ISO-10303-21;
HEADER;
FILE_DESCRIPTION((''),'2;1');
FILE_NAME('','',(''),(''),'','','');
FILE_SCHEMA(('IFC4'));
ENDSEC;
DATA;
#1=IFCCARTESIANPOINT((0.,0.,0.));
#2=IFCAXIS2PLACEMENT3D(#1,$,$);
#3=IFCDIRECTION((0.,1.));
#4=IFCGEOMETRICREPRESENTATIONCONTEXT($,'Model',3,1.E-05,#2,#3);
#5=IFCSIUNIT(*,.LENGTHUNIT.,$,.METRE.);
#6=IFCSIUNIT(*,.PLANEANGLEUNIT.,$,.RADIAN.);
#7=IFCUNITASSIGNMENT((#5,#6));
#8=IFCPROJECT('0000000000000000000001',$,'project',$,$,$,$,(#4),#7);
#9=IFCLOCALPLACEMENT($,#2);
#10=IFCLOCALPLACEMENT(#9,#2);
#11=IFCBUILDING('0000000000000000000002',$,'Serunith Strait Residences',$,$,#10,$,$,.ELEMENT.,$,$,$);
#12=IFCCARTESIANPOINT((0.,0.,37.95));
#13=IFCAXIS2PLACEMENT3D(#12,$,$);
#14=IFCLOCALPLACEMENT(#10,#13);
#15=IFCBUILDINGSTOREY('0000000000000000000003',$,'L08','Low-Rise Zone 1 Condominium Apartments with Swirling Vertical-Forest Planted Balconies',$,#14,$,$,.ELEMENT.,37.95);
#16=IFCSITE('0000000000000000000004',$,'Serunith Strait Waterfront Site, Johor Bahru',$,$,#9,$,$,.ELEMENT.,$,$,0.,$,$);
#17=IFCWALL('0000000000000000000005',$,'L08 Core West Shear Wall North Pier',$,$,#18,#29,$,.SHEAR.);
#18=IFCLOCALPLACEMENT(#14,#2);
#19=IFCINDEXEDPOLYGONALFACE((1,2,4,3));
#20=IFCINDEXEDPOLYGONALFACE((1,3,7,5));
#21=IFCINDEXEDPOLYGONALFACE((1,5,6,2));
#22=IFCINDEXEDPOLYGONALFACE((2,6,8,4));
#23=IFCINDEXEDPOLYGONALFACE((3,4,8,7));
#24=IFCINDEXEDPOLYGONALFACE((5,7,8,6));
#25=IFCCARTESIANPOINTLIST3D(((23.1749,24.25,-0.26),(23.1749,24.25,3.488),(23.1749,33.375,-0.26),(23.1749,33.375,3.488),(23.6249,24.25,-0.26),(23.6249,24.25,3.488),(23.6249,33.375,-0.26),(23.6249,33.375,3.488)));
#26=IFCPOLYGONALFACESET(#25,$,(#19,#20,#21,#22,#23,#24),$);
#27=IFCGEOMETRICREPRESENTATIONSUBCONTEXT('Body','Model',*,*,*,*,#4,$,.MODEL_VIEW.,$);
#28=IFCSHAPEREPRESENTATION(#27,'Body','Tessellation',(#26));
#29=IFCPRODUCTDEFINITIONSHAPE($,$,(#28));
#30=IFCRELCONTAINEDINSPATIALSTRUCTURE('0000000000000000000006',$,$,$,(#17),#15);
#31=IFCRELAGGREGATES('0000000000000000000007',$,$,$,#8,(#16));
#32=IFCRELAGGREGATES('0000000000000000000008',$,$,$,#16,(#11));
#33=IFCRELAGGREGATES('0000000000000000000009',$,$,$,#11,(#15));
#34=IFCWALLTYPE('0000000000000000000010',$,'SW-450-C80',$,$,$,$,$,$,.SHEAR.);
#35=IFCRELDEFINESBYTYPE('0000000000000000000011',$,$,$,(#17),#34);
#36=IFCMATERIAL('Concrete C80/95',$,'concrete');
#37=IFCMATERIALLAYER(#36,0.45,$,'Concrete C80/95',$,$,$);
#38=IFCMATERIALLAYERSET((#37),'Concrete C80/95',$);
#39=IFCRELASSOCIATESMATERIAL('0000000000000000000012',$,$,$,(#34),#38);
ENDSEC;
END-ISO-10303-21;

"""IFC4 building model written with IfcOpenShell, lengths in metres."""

from ifc_helpers import new_model, si_unit, direction, frame, frame_2d, origin, place, context, subcontext, project, spatial, rectangle, extrude, material, layer, layer_set, type_object, element, save


model = new_model("IFC4")

# Units and contexts
model_context = context("Model", 3, precision=1e-05, world=origin(), true_north=direction((0.0, 1.0)))
body_context = subcontext(model_context, "Body", "Model", "MODEL_VIEW")
ifc_project = project(units=[si_unit("LENGTHUNIT", "METRE"), si_unit("PLANEANGLEUNIT", "RADIAN")], contexts=[model_context])

# Site, building, storey
site_placement = place(None, origin())
site = spatial("IfcSite", under=ifc_project, at=site_placement, Name="Serunith Strait Waterfront Site, Johor Bahru", CompositionType="ELEMENT", RefElevation=0.0)
building_placement = place(site_placement, origin())
building = spatial("IfcBuilding", under=site, at=building_placement, Name="Serunith Strait Residences", CompositionType="ELEMENT")
storey_placement = place(building_placement, frame((0.0, 0.0, 37.95)))
storey = spatial("IfcBuildingStorey", under=building, at=storey_placement, Name="L08", Description="Low-Rise Zone 1 Condominium Apartments with Swirling Vertical-Forest Planted Balconies", CompositionType="ELEMENT", Elevation=37.95)

# Wall
ifc_material_1 = material(Name="Concrete C80/95", Category="concrete")
ifc_layer_1 = layer(ifc_material_1, 0.45, Name="Concrete C80/95")
ifc_layer_set_1 = layer_set([ifc_layer_1], Name="Concrete C80/95")
wall_type_1 = type_object("IfcWallType", Name="SW-450-C80", PredefinedType="SHEAR", material=ifc_layer_set_1)
wall_1_placement = place(storey_placement, frame((23.3999, 24.25, -0.26), z_axis=(0.0, 0.0, 1.0), x_axis=(0.0, 1.0, 0.0)))
element("IfcWall", 1, at=wall_1_placement, inside=storey, type_object=wall_type_1, Name="L08 Core West Shear Wall North Pier", PredefinedType="SHEAR", context=body_context, shape_type="SweptSolid", body=[
    extrude(rectangle(XDim=9.125, YDim=0.45, at=frame_2d((4.5625, 0.0))), origin(), (0.0, 0.0, 1.0), 3.748),
])

save(model, "model.ifc")
